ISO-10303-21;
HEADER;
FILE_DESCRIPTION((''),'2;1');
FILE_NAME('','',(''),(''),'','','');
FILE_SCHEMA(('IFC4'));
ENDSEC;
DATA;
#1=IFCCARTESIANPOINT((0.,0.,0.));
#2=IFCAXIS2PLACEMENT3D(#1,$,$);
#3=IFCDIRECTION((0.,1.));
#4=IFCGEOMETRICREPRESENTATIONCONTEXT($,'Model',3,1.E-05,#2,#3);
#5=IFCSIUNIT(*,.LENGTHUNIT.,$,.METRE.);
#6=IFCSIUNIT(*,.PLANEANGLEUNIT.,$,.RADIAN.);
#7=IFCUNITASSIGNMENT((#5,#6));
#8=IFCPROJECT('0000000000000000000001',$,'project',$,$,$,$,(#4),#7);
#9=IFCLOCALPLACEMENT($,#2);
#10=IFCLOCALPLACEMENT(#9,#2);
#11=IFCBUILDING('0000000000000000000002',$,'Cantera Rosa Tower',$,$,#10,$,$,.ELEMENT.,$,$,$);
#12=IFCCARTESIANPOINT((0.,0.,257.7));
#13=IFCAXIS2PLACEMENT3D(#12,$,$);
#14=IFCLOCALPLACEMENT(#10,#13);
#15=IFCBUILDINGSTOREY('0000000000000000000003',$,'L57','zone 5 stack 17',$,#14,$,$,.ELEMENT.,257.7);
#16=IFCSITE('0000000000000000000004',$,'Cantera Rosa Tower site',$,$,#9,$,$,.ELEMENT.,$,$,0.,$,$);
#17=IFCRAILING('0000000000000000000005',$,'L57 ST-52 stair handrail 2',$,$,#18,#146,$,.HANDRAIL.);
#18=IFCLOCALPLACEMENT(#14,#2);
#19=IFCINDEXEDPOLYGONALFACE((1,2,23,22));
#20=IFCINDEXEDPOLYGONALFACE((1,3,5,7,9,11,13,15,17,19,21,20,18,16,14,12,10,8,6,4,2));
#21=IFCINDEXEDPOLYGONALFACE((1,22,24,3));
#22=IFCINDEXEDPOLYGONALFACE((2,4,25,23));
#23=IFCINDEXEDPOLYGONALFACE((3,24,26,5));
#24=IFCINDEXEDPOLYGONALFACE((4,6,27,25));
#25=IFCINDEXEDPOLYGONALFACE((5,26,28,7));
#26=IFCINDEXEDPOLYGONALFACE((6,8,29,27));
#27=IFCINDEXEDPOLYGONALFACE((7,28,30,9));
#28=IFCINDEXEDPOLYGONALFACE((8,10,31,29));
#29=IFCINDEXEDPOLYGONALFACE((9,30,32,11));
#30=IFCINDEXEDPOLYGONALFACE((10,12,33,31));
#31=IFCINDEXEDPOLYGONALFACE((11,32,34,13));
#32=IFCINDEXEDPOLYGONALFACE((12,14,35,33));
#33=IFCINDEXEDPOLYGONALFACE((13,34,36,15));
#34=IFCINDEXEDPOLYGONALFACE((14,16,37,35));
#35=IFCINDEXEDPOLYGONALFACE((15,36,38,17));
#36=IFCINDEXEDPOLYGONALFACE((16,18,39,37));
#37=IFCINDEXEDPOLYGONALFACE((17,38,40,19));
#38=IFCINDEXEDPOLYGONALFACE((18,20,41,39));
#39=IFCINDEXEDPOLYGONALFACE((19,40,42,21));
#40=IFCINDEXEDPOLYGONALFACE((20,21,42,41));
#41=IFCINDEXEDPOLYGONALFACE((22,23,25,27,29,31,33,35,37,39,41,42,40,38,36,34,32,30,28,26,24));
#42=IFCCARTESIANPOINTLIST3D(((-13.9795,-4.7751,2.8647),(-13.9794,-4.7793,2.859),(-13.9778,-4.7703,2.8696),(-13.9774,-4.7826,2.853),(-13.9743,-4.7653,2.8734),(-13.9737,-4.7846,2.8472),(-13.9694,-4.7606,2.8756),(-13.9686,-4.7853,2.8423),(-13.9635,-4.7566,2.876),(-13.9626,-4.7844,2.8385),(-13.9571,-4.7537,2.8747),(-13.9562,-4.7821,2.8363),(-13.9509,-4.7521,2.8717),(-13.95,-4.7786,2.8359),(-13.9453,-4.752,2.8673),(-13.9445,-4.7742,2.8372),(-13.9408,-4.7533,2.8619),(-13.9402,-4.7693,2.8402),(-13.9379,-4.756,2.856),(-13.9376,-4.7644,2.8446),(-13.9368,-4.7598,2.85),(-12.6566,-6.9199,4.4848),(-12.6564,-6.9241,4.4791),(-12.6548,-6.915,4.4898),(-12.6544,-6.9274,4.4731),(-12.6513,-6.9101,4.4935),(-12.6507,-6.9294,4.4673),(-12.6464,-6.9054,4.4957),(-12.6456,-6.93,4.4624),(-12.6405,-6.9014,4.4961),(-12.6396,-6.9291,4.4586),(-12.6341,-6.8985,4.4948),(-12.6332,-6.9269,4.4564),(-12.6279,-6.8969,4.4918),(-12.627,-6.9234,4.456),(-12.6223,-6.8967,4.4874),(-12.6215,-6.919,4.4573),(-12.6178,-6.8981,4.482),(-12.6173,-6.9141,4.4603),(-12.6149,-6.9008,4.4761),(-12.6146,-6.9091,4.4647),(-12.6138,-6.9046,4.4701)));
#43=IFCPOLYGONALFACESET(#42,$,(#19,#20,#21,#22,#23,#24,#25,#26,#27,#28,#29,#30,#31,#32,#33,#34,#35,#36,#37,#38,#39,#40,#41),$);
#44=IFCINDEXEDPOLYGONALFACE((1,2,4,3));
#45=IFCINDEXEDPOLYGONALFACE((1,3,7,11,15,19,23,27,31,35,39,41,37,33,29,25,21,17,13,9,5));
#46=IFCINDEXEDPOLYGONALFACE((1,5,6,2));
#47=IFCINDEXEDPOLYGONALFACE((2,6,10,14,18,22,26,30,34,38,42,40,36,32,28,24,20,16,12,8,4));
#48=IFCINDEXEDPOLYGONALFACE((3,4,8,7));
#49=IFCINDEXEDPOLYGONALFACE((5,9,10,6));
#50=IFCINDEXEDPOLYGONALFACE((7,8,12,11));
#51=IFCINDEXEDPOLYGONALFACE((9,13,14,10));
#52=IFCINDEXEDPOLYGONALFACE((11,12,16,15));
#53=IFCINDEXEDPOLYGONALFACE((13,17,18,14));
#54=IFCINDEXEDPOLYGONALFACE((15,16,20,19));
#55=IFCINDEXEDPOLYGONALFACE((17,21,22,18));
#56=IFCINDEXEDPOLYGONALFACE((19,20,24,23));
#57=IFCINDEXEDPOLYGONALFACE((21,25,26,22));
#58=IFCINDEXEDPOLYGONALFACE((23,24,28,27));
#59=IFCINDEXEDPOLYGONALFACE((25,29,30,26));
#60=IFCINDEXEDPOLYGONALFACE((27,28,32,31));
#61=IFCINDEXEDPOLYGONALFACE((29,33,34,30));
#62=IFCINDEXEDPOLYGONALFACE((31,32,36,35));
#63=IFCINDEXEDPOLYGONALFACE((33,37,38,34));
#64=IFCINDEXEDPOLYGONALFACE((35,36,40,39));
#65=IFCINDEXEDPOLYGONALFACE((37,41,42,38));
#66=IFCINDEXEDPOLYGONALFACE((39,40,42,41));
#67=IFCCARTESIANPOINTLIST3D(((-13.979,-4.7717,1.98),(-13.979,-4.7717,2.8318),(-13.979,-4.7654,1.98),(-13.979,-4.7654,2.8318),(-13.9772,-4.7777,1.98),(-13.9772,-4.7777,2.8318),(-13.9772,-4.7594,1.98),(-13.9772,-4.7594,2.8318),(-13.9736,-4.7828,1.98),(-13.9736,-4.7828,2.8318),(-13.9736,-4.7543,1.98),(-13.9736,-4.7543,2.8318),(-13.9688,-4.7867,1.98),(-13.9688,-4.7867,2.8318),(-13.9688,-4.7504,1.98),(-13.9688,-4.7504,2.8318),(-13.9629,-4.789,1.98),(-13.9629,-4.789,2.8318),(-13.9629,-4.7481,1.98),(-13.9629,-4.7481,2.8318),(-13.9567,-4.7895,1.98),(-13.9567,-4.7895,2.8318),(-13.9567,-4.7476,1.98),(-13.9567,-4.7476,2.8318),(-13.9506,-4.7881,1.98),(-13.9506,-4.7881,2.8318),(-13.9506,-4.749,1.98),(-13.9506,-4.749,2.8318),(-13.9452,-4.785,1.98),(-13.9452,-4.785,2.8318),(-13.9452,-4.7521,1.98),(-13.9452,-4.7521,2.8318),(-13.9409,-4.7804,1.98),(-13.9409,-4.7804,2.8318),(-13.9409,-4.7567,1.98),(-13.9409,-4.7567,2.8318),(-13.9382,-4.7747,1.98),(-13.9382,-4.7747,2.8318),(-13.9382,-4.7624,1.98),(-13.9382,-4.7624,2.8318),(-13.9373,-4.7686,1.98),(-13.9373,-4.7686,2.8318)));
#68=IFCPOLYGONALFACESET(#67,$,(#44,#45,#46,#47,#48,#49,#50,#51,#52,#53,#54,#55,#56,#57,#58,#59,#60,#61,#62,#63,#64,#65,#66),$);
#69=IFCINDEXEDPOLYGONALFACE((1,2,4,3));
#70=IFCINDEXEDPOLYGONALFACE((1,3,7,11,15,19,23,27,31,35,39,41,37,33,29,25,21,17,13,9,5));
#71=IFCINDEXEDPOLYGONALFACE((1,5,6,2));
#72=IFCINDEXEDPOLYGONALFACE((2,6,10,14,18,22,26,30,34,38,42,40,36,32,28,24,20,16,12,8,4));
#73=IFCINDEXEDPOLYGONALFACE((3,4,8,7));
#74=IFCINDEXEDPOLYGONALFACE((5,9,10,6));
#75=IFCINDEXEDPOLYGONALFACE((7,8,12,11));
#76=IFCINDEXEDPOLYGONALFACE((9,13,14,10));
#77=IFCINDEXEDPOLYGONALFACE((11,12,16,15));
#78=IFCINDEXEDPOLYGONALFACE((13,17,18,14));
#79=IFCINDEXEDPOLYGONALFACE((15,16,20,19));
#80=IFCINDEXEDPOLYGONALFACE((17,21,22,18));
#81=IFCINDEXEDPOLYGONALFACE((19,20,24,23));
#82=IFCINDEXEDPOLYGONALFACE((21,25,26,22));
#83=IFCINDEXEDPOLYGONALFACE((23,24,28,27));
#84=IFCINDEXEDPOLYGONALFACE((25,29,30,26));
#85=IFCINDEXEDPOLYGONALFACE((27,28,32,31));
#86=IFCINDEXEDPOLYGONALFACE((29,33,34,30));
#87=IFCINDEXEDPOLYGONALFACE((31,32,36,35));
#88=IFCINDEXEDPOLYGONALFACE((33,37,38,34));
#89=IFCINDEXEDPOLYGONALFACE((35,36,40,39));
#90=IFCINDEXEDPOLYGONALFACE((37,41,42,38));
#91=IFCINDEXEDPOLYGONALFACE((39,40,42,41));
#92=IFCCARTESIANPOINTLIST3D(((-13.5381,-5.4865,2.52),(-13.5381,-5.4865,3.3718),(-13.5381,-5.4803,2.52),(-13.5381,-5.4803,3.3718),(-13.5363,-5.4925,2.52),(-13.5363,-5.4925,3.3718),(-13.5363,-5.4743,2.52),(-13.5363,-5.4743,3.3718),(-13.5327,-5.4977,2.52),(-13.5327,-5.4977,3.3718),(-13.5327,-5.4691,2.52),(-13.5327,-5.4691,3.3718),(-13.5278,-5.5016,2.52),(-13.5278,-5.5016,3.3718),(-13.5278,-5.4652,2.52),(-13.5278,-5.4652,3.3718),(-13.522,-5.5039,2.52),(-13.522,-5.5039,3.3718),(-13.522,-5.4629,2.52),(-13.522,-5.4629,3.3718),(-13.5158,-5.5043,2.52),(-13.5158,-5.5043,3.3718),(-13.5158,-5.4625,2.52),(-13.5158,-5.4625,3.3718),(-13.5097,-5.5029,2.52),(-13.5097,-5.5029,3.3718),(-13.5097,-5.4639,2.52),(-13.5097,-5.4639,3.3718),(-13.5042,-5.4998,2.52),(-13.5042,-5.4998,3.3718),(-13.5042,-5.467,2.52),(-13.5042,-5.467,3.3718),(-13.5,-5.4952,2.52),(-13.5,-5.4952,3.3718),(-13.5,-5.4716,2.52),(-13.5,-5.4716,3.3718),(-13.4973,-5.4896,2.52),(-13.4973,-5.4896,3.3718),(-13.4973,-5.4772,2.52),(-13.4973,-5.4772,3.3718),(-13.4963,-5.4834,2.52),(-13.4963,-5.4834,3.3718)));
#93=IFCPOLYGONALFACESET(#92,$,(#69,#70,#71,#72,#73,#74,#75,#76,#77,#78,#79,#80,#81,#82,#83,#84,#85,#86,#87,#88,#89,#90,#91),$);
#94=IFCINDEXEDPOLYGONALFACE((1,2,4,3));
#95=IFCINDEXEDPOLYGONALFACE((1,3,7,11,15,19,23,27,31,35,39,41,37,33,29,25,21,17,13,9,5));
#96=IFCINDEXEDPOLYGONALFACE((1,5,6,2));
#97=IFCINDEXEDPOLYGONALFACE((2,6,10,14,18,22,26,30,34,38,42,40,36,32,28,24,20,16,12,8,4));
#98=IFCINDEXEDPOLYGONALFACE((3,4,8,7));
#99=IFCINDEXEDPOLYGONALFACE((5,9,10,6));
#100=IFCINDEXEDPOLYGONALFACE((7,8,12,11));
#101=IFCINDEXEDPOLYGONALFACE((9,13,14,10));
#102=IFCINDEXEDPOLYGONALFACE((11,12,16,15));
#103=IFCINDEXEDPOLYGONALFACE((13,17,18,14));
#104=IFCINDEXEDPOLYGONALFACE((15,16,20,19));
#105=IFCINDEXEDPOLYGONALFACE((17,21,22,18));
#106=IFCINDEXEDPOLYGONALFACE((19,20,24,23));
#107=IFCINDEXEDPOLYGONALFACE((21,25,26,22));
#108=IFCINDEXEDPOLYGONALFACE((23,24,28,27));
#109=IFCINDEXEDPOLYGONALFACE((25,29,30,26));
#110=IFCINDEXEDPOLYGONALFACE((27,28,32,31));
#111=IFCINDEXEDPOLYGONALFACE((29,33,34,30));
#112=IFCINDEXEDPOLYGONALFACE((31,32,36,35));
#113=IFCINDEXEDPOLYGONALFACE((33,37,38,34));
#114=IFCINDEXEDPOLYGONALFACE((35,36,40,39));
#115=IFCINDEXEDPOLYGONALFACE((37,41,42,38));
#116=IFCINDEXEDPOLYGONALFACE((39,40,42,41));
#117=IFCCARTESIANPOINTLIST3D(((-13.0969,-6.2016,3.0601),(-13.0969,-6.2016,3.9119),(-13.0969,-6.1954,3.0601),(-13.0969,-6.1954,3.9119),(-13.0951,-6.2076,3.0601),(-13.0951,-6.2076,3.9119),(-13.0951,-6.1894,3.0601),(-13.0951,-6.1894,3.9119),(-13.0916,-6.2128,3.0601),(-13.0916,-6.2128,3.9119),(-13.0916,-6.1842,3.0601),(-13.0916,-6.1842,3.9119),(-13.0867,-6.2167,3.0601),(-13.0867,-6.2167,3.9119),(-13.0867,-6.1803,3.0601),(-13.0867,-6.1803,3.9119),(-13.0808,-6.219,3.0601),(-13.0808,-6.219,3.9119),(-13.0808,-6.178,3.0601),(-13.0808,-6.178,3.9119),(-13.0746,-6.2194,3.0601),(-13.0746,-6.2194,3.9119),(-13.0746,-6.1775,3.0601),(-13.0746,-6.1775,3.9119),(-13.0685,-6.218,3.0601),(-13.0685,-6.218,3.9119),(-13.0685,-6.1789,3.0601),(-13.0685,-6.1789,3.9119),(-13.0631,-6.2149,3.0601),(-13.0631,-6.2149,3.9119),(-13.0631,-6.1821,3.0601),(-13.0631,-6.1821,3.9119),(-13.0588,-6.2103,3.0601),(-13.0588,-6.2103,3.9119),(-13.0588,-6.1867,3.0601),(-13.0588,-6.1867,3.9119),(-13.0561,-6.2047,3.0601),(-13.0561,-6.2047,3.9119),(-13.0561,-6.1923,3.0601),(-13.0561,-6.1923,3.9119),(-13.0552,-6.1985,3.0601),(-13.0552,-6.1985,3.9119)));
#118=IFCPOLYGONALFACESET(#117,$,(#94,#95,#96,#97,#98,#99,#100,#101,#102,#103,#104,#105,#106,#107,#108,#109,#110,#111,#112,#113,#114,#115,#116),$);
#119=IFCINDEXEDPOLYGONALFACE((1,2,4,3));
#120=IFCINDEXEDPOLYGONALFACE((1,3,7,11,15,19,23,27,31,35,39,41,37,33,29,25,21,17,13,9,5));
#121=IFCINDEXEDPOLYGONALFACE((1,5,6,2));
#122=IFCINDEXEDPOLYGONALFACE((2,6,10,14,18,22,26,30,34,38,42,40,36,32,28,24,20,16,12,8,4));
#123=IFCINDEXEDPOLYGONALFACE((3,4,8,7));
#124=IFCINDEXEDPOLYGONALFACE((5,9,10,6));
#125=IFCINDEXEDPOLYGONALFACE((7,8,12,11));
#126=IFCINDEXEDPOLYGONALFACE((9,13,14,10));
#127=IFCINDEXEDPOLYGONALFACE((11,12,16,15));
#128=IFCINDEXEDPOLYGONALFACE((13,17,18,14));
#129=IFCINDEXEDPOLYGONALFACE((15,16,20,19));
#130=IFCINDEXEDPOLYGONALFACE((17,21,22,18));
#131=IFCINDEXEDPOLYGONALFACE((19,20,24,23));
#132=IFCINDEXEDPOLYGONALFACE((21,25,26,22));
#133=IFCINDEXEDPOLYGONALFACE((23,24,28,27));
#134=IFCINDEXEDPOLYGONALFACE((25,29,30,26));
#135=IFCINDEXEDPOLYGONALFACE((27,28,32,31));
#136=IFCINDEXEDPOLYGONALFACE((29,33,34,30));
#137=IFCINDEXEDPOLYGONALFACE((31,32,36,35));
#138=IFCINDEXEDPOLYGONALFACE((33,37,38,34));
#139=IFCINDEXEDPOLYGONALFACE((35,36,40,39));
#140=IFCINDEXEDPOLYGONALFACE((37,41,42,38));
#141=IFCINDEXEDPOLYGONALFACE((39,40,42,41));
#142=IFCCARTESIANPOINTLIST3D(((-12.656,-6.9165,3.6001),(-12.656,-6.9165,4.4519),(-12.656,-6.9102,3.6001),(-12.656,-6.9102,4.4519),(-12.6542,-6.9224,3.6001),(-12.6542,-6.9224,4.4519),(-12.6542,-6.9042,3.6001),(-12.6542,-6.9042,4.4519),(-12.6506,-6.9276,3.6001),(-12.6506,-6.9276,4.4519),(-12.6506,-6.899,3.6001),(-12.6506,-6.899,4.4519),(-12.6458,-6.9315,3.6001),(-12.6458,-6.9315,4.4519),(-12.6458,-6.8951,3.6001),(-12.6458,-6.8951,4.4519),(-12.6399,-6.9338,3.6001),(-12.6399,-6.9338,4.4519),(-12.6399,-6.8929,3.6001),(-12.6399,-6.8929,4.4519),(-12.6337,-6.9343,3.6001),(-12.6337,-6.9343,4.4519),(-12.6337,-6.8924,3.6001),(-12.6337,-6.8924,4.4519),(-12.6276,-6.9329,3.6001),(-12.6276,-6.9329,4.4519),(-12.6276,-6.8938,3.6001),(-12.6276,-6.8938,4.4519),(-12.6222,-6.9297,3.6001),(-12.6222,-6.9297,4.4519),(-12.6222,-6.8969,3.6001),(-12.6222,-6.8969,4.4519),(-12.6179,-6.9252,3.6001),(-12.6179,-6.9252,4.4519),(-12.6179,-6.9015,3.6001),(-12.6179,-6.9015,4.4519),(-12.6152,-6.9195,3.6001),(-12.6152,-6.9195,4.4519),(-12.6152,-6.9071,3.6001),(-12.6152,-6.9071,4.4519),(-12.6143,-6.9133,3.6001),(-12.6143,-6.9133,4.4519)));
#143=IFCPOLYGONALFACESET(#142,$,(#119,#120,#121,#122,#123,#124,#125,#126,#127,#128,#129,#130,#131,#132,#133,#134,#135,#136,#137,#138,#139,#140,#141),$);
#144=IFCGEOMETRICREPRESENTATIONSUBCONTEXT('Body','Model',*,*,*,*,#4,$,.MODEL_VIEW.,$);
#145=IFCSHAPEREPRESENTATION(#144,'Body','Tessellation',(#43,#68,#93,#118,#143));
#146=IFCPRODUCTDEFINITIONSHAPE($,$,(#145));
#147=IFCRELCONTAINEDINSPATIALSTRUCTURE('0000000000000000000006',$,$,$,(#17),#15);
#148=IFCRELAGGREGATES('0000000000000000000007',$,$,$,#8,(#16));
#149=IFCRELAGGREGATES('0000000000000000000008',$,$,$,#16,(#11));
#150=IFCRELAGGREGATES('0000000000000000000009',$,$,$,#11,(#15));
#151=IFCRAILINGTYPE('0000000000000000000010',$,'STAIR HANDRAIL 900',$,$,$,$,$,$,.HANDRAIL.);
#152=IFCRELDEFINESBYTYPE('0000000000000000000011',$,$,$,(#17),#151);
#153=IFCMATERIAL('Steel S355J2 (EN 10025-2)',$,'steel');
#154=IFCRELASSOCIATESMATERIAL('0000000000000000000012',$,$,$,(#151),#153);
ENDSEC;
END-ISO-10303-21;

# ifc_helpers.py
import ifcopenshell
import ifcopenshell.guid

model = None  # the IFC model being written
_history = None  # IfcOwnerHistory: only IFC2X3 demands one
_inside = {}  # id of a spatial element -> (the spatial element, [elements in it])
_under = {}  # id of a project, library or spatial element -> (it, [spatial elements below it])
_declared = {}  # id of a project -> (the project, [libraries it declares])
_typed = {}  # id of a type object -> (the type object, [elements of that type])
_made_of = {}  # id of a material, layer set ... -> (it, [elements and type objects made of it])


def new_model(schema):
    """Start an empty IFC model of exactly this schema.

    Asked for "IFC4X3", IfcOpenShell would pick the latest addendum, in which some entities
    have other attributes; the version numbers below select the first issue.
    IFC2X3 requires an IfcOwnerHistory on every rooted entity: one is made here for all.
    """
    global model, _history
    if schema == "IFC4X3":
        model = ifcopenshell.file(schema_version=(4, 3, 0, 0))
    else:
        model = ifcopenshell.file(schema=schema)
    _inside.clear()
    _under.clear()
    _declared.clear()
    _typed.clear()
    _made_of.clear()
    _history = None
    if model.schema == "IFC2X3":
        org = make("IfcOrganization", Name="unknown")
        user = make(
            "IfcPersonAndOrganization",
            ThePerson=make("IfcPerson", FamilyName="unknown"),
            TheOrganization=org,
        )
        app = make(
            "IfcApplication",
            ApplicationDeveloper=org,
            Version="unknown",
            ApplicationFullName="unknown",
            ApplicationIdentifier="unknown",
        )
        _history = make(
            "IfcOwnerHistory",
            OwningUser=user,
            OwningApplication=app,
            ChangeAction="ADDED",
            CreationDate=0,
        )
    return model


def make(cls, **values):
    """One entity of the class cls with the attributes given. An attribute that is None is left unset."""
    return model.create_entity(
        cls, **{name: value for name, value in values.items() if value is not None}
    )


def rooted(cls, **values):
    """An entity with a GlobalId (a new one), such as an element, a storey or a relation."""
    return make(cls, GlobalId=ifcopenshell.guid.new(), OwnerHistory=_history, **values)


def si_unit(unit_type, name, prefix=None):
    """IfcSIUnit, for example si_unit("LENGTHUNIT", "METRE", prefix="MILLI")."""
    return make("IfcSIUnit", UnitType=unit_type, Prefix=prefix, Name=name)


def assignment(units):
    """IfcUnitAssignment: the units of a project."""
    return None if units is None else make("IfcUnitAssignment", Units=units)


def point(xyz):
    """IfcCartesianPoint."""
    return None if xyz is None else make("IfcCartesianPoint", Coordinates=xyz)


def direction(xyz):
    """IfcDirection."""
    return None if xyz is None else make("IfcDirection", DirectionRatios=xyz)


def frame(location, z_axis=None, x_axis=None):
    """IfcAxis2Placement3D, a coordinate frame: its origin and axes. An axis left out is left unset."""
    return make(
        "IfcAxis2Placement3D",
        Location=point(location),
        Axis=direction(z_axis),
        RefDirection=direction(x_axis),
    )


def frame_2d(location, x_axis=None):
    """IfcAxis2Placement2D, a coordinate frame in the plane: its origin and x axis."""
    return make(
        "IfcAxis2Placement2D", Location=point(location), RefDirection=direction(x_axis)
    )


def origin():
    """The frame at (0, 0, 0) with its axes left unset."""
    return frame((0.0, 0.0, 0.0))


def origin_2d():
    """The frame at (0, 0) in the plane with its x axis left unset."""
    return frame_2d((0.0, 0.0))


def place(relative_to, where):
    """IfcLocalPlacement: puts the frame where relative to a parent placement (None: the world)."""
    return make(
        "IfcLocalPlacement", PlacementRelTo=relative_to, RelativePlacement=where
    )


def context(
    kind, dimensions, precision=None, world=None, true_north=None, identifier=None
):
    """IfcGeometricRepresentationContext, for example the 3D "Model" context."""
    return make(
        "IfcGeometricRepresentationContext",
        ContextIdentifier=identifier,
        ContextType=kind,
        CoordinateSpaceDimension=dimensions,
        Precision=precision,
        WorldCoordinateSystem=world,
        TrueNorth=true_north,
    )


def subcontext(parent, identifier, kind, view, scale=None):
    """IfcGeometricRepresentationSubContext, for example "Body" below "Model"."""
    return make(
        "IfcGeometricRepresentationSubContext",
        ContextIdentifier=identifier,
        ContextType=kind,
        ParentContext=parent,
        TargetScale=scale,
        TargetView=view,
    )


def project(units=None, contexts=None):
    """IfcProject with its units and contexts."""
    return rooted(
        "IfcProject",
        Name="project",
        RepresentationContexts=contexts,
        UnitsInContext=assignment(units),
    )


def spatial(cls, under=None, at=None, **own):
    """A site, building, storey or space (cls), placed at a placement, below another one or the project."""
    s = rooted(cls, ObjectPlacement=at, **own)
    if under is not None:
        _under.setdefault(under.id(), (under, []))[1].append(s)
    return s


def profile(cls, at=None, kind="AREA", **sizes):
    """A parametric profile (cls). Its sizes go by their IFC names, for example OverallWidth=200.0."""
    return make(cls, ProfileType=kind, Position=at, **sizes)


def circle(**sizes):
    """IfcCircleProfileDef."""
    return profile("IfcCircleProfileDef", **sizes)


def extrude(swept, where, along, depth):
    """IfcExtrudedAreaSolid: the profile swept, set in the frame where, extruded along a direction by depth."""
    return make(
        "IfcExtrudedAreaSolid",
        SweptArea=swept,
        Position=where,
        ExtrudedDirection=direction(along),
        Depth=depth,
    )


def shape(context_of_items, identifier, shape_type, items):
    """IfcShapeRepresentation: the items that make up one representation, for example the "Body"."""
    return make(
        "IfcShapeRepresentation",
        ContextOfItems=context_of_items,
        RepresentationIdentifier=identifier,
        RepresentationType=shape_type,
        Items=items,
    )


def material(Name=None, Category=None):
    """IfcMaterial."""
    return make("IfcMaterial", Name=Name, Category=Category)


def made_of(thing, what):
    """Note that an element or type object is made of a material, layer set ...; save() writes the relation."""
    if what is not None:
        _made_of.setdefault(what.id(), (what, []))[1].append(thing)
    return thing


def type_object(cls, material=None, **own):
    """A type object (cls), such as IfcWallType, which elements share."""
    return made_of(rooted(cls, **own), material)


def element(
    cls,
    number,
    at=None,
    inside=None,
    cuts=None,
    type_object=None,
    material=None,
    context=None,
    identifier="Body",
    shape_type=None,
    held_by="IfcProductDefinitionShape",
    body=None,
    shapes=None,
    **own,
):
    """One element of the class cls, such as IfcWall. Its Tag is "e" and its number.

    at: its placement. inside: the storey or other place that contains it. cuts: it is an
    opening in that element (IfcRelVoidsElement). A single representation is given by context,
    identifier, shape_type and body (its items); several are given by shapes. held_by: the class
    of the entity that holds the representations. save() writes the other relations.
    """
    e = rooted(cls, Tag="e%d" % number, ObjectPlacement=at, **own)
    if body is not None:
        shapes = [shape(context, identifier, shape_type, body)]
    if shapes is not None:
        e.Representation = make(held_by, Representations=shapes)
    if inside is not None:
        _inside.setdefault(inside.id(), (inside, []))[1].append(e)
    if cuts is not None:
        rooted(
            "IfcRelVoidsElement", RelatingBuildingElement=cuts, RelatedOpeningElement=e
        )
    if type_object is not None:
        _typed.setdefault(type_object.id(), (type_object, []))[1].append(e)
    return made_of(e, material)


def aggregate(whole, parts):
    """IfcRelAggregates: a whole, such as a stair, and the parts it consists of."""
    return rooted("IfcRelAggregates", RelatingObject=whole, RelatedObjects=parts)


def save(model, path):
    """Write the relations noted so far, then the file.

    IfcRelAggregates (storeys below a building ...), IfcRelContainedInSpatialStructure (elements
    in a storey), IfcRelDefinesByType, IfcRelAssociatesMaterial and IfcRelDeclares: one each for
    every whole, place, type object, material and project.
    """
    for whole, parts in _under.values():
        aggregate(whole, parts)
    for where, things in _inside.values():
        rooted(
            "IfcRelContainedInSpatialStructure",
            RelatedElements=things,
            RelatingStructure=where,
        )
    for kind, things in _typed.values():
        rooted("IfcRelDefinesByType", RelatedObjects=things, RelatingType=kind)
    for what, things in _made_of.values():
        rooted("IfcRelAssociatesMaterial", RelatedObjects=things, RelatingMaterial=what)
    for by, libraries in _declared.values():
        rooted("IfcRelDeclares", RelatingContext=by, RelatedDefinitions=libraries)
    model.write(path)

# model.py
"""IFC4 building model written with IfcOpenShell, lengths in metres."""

from ifc_helpers import new_model, si_unit, direction, frame, origin, origin_2d, place, context, subcontext, project, spatial, circle, extrude, material, type_object, element, save


model = new_model("IFC4")

# Units and contexts
model_context = context("Model", 3, precision=1e-05, world=origin(), true_north=direction((0.0, 1.0)))
body_context = subcontext(model_context, "Body", "Model", "MODEL_VIEW")
ifc_project = project(units=[si_unit("LENGTHUNIT", "METRE"), si_unit("PLANEANGLEUNIT", "RADIAN")], contexts=[model_context])

# Site, building, storey
site_placement = place(None, origin())
site = spatial("IfcSite", under=ifc_project, at=site_placement, Name="Cantera Rosa Tower site", CompositionType="ELEMENT", RefElevation=0.0)
building_placement = place(site_placement, origin())
building = spatial("IfcBuilding", under=site, at=building_placement, Name="Cantera Rosa Tower", CompositionType="ELEMENT")
storey_placement = place(building_placement, frame((0.0, 0.0, 257.7)))
storey = spatial("IfcBuildingStorey", under=building, at=storey_placement, Name="L57", Description="zone 5 stack 17", CompositionType="ELEMENT", Elevation=257.7)

# Railing
ifc_material_1 = material(Name="Steel S355J2 (EN 10025-2)", Category="steel")
railing_type_1 = type_object("IfcRailingType", Name="STAIR HANDRAIL 900", PredefinedType="HANDRAIL", material=ifc_material_1)
railing_1_placement = place(storey_placement, frame((-13.9583, -4.7686, 1.98)))
element("IfcRailing", 1, at=railing_1_placement, inside=storey, type_object=railing_type_1, Name="L57 ST-52 stair handrail 2", PredefinedType="HANDRAIL", context=body_context, shape_type="SweptSolid", body=[
    extrude(circle(Radius=0.0239, at=origin_2d()), frame((0.0, 0.0, 0.876), z_axis=(0.441609, -0.715914, 0.540786), x_axis=(0.851102, 0.525, 0.0)), (0.0, 0.0, 1.0), 2.9958),
    extrude(circle(Radius=0.021, at=origin_2d()), origin(), (0.0, 0.0, 1.0), 0.8518),
    extrude(circle(Radius=0.021, at=origin_2d()), frame((0.4409, -0.7148, 0.54)), (0.0, 0.0, 1.0), 0.8518),
    extrude(circle(Radius=0.021, at=origin_2d()), frame((0.8821, -1.4299, 1.0801)), (0.0, 0.0, 1.0), 0.8518),
    extrude(circle(Radius=0.021, at=origin_2d()), frame((1.323, -2.1448, 1.6201)), (0.0, 0.0, 1.0), 0.8518),
])

save(model, "model.ifc")
